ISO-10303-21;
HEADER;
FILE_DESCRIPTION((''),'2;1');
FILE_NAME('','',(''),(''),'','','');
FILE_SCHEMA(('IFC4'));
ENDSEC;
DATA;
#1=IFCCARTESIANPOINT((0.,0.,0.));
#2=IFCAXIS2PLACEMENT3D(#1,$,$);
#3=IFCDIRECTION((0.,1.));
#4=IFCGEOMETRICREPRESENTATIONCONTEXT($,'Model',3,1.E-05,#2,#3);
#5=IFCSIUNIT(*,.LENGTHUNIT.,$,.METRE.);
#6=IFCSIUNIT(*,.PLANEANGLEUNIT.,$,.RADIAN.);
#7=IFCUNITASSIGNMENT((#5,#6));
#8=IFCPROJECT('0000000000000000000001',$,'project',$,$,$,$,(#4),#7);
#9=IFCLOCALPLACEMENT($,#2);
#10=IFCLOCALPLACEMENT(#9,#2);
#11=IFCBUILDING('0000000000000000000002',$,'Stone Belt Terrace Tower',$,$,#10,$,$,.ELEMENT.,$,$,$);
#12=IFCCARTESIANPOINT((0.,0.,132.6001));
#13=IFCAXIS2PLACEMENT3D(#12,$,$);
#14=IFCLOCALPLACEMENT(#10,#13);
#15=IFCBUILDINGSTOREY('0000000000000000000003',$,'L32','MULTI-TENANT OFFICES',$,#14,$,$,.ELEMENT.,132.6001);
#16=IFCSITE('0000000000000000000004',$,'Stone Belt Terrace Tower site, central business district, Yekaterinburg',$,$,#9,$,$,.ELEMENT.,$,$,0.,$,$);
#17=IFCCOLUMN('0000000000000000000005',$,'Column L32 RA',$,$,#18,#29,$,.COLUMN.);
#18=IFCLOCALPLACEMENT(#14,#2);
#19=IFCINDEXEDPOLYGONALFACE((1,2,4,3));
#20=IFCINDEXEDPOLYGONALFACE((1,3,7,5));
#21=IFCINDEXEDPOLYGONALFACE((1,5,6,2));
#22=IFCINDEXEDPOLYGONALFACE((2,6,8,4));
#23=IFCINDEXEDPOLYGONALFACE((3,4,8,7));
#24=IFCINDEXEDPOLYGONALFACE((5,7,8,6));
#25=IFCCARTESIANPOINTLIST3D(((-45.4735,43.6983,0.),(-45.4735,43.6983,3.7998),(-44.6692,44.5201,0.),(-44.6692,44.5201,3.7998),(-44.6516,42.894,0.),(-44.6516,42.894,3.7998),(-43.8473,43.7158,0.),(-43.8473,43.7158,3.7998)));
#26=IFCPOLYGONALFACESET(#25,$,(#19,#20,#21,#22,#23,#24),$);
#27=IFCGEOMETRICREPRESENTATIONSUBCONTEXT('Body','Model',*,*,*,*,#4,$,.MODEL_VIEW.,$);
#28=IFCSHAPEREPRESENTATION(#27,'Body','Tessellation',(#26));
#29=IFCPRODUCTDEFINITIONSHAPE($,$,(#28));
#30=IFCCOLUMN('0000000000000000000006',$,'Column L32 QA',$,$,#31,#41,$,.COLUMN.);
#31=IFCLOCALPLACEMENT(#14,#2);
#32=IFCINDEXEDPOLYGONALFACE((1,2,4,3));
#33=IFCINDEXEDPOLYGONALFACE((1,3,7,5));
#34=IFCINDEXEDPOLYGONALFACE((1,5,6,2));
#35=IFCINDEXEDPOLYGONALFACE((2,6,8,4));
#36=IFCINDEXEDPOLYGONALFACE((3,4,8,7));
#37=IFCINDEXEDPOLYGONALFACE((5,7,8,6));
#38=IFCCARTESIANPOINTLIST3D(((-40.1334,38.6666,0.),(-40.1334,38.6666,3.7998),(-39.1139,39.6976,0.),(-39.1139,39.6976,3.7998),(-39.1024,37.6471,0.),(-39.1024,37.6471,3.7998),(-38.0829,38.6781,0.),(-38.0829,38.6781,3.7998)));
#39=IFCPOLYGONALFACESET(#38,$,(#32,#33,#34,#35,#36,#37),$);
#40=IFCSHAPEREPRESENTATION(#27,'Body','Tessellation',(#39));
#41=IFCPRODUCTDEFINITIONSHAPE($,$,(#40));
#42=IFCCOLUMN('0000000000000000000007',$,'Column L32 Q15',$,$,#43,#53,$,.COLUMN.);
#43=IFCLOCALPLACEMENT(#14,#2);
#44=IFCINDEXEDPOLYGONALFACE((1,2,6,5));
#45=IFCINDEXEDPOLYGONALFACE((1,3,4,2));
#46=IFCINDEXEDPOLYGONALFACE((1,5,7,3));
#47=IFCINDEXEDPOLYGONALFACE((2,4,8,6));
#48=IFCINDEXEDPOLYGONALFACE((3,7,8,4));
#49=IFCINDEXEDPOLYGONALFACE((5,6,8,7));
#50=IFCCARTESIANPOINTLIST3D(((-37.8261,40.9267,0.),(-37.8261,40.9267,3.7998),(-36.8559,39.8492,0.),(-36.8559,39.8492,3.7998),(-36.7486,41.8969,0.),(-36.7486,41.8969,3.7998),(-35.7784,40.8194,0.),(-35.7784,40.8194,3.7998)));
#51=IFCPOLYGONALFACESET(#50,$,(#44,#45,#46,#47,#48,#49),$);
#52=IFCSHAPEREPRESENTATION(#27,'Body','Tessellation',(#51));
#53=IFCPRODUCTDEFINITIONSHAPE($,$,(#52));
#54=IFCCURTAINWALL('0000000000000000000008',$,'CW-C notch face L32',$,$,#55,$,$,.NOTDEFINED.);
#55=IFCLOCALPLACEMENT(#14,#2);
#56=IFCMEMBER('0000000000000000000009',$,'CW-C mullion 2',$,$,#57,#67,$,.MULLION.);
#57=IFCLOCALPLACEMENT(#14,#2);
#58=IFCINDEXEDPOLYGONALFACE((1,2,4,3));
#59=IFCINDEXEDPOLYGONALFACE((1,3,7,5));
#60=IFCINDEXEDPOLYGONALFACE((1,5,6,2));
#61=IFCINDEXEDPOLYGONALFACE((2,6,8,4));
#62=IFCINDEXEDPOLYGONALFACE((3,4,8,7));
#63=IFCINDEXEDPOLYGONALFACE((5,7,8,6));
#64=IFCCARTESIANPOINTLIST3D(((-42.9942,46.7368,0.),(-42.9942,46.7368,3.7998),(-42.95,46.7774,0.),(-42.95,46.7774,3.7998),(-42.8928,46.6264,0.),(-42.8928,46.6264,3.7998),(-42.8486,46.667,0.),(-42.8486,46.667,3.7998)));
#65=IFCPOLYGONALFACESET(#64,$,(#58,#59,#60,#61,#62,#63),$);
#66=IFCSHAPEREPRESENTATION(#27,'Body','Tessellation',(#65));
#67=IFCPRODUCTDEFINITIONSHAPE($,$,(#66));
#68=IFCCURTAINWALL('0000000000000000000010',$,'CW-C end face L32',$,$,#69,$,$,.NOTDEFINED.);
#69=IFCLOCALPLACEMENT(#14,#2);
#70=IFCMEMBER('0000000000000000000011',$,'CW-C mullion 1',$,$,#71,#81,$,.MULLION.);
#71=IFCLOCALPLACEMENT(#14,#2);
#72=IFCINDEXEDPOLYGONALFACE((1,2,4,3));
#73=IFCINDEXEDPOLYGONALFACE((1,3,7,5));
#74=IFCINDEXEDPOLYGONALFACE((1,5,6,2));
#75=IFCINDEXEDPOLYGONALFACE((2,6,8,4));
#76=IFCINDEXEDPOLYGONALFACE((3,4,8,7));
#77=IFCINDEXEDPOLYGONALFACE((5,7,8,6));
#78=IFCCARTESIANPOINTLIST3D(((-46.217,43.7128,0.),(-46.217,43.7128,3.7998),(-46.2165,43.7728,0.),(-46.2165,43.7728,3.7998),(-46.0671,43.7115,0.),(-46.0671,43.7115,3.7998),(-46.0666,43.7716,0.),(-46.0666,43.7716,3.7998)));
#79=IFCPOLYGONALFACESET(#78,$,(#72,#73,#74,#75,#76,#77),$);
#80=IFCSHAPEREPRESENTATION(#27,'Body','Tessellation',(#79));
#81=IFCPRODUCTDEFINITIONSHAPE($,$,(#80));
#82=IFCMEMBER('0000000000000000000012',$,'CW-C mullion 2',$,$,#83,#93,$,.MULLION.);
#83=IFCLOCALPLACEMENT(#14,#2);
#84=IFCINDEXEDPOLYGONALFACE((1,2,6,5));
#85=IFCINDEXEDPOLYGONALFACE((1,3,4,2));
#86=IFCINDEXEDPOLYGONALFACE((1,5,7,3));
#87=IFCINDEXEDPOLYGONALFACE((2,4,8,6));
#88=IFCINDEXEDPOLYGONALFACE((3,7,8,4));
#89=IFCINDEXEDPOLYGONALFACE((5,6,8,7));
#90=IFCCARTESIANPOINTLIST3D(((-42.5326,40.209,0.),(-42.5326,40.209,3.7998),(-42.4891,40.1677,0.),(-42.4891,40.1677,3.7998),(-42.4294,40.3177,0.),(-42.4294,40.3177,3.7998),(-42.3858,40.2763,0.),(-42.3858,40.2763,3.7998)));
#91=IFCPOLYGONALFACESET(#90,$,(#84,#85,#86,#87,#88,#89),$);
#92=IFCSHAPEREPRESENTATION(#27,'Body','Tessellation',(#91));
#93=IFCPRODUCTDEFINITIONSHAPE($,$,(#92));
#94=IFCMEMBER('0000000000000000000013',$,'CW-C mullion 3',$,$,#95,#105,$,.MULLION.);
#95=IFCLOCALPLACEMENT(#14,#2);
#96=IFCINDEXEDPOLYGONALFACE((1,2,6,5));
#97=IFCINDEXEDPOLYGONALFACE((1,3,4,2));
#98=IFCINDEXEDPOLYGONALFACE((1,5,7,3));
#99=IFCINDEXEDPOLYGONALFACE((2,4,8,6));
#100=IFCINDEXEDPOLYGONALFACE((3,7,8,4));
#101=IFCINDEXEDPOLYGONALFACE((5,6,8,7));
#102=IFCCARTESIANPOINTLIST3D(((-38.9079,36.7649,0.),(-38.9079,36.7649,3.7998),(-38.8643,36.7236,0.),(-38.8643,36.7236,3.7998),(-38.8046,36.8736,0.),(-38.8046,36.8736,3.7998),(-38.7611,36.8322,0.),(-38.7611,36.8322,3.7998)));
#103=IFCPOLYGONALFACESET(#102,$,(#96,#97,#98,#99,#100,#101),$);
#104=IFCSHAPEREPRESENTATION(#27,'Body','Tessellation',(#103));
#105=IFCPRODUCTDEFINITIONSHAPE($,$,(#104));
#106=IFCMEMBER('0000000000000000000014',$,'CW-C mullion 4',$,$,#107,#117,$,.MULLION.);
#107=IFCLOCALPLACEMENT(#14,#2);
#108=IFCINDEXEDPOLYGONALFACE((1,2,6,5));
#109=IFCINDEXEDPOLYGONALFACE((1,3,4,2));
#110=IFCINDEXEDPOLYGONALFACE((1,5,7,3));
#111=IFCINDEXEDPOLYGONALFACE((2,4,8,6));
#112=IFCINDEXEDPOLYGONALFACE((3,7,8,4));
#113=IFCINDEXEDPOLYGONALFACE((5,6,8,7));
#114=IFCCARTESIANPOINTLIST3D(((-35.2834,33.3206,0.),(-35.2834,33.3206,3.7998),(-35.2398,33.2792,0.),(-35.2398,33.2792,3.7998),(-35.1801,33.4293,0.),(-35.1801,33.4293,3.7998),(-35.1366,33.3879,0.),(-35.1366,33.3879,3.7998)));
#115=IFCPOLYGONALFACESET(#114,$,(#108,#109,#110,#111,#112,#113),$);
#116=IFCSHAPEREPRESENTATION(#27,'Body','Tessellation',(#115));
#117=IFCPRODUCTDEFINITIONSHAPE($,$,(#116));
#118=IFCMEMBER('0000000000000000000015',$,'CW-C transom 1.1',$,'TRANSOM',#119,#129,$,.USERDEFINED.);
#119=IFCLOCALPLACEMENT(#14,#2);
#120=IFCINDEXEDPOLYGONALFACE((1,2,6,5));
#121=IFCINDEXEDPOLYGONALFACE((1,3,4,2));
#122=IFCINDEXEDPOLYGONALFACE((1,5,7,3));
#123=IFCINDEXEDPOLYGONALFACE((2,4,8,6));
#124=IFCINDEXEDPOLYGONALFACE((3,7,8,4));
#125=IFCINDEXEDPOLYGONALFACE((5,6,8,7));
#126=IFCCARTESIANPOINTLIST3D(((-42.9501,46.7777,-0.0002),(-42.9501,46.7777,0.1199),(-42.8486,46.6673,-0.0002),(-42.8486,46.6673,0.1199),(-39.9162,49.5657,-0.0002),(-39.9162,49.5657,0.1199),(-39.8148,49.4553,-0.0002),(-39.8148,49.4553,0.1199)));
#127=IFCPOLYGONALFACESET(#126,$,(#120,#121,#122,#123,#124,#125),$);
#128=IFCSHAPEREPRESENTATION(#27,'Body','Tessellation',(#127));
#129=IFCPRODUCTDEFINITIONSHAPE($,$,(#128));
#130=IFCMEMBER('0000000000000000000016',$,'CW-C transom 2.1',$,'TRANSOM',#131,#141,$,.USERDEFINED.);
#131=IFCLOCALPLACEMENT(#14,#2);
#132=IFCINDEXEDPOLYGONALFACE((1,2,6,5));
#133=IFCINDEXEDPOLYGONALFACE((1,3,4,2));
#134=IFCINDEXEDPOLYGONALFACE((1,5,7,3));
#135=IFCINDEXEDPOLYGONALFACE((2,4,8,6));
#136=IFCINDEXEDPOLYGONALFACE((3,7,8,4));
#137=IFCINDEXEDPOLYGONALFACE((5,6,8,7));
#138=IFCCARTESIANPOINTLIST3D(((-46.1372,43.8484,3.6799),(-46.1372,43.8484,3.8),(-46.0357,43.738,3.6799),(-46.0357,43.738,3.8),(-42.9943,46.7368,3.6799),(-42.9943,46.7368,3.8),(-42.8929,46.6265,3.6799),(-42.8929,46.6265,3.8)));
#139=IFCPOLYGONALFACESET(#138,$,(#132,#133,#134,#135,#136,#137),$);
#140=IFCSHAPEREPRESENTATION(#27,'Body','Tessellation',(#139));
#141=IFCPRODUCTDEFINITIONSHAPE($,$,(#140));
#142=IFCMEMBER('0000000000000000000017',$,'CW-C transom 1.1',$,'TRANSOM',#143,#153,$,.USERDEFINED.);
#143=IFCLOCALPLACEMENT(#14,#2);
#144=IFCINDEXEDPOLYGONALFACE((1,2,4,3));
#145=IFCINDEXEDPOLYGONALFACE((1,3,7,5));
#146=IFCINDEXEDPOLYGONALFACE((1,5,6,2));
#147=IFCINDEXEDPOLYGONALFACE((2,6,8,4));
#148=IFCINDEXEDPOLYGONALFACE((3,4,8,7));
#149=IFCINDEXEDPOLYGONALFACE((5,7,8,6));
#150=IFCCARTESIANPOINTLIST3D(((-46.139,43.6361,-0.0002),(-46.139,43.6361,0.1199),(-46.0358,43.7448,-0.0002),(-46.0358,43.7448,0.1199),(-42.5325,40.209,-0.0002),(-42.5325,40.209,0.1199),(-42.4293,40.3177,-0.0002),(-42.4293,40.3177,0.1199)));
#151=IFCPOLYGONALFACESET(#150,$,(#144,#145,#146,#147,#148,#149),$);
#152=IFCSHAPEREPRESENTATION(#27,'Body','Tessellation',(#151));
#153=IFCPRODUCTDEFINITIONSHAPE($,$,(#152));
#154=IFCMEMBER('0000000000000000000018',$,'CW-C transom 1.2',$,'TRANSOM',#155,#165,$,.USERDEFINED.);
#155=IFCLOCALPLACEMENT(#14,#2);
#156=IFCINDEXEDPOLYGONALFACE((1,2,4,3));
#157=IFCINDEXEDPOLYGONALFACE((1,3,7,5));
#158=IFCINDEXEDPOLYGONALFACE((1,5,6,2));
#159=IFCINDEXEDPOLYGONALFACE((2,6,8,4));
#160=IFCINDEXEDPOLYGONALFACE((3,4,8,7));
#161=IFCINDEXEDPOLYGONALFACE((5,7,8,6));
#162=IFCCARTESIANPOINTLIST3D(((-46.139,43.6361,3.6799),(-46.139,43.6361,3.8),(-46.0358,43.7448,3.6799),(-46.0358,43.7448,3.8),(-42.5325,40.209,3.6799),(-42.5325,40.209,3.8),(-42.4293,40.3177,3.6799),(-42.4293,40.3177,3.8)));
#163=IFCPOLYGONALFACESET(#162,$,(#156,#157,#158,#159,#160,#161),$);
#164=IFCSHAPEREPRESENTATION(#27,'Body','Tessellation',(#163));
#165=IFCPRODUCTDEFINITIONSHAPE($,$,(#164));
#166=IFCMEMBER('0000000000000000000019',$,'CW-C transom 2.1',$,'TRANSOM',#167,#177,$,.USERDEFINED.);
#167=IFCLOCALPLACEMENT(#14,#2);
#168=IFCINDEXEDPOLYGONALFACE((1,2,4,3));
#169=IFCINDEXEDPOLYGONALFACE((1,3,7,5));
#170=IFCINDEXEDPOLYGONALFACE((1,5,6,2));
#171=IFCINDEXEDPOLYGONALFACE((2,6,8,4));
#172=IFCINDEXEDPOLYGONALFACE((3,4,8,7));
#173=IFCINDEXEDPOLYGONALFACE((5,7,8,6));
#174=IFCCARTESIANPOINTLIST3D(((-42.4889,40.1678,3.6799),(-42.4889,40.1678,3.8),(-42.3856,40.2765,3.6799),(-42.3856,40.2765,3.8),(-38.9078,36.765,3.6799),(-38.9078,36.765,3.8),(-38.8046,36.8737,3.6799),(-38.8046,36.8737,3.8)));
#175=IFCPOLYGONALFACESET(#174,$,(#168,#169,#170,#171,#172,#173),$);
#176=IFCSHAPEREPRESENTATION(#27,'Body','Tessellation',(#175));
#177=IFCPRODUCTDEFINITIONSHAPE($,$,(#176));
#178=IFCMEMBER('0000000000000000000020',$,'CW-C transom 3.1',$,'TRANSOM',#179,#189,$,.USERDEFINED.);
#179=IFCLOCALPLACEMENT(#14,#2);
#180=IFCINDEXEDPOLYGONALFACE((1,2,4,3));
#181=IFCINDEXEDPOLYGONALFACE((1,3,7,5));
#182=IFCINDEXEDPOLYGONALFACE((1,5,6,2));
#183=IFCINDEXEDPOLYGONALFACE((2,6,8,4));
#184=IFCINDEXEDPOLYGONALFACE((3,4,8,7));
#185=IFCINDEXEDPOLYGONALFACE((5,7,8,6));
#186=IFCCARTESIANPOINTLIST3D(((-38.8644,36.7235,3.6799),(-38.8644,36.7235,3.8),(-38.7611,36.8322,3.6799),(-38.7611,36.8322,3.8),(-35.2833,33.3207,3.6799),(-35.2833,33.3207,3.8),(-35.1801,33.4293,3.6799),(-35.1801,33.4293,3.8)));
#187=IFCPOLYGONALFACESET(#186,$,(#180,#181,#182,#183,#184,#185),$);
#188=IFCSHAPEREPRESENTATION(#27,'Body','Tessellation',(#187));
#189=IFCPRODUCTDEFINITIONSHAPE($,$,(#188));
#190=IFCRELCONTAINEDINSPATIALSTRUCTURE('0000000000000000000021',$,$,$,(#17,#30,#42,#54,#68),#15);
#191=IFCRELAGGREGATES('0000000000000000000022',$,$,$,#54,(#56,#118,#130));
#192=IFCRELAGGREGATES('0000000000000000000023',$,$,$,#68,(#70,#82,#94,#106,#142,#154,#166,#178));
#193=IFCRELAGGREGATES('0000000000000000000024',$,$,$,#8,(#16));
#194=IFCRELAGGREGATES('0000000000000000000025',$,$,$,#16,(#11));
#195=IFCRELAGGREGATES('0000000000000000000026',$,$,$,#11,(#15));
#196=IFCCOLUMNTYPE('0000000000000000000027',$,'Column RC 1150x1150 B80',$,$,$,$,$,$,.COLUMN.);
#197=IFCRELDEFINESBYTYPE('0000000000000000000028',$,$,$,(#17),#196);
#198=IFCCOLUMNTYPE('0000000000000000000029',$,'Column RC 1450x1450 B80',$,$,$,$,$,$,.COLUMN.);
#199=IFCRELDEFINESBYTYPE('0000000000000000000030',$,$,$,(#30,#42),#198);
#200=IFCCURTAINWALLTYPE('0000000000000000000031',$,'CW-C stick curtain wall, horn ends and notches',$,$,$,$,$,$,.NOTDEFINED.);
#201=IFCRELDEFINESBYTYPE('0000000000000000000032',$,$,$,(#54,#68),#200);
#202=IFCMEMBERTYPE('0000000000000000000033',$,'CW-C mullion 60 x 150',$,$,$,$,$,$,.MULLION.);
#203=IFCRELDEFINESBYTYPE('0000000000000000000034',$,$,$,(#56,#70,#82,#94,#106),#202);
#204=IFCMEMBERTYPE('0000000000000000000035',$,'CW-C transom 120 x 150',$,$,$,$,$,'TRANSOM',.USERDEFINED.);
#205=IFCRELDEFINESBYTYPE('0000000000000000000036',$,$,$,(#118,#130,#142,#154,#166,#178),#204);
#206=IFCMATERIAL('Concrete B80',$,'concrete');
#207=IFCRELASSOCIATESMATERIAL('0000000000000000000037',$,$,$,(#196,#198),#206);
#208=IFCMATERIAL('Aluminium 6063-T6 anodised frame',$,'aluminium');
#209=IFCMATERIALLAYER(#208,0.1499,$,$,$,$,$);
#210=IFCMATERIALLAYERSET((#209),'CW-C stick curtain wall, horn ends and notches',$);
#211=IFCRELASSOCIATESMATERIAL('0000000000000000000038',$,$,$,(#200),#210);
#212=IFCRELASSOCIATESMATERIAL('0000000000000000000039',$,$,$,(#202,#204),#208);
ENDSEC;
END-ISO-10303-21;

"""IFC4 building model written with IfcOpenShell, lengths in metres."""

from ifc_helpers import new_model, si_unit, direction, frame, origin, origin_2d, place, context, subcontext, project, spatial, rectangle, extrude, material, layer, layer_set, material_profile, profile_set, type_object, element, aggregate, save


model = new_model("IFC4")

# Units and contexts
model_context = context("Model", 3, precision=1e-05, world=origin(), true_north=direction((0.0, 1.0)))
body_context = subcontext(model_context, "Body", "Model", "MODEL_VIEW")
ifc_project = project(units=[si_unit("LENGTHUNIT", "METRE"), si_unit("PLANEANGLEUNIT", "RADIAN")], contexts=[model_context])

# Site, building, storey
site_placement = place(None, origin())
site = spatial("IfcSite", under=ifc_project, at=site_placement, Name="Stone Belt Terrace Tower site, central business district, Yekaterinburg", CompositionType="ELEMENT", RefElevation=0.0)
building_placement = place(site_placement, origin())
building = spatial("IfcBuilding", under=site, at=building_placement, Name="Stone Belt Terrace Tower", CompositionType="ELEMENT")
storey_placement = place(building_placement, frame((0.0, 0.0, 132.6001)))
storey = spatial("IfcBuildingStorey", under=building, at=storey_placement, Name="L32", Description="MULTI-TENANT OFFICES", CompositionType="ELEMENT", Elevation=132.6001)

# Columns
ifc_material_1 = material(Name="Concrete B80", Category="concrete")
ifc_material_profile_1 = material_profile(ifc_material_1, rectangle(XDim=1.1499, YDim=1.1499, at=origin_2d()), Name="RC 1150x1150")
ifc_profile_set_1 = profile_set([ifc_material_profile_1], Name="Concrete B80")
column_type_1 = type_object("IfcColumnType", Name="Column RC 1150x1150 B80", PredefinedType="COLUMN", material=ifc_profile_set_1)
column_placement = place(storey_placement, frame((-44.6604, 43.707, 0.0), z_axis=(0.0, 0.0, 1.0), x_axis=(0.699438, 0.714694, 0.0)))
element("IfcColumn", 1, at=column_placement, inside=storey, type_object=column_type_1, Name="Column L32 RA", PredefinedType="COLUMN", context=body_context, shape_type="SweptSolid", body=[
    extrude(rectangle(XDim=1.1499, YDim=1.1499, at=origin_2d()), origin(), (0.0, 0.0, 1.0), 3.7998),
])
ifc_material_profile_2 = material_profile(ifc_material_1, rectangle(XDim=1.45, YDim=1.45, at=origin_2d()), Name="RC 1450x1450")
ifc_profile_set_2 = profile_set([ifc_material_profile_2], Name="Concrete B80")
column_type_2 = type_object("IfcColumnType", Name="Column RC 1450x1450 B80", PredefinedType="COLUMN", material=ifc_profile_set_2)
for number, where, z_axis, x_axis, name in (
    (2, (-39.1082, 38.6724, 0.0), (0.0, 0.0, 1.0), (0.703134, 0.711057, 0.0), "Column L32 QA"),
    (3, (-36.8022, 40.873, 0.0), (0.0, 0.0, 1.0), (0.743145, 0.669131, 0.0), "Column L32 Q15"),
):
    element("IfcColumn", number, at=place(storey_placement, frame(where, z_axis=z_axis, x_axis=x_axis)), inside=storey, type_object=column_type_2, Name=name, PredefinedType="COLUMN", context=body_context, shape_type="SweptSolid", body=[
        extrude(rectangle(XDim=1.45, YDim=1.45, at=origin_2d()), origin(), (0.0, 0.0, 1.0), 3.7998),
    ])

# Curtain wall, member
ifc_material_2 = material(Name="Aluminium 6063-T6 anodised frame", Category="aluminium")
ifc_layer_1 = layer(ifc_material_2, 0.1499)
ifc_layer_set_1 = layer_set([ifc_layer_1], Name="CW-C stick curtain wall, horn ends and notches")
curtain_wall_type = type_object("IfcCurtainWallType", Name="CW-C stick curtain wall, horn ends and notches", PredefinedType="NOTDEFINED", material=ifc_layer_set_1)
curtain_wall_1_placement = place(storey_placement, origin())
curtain_wall_1 = element("IfcCurtainWall", 4, at=curtain_wall_1_placement, inside=storey, type_object=curtain_wall_type, Name="CW-C notch face L32", PredefinedType="NOTDEFINED")
ifc_material_profile_3 = material_profile(ifc_material_2, rectangle(XDim=0.1499, YDim=0.0601, at=origin_2d()), Name="Aluminium 6063-T6 60x150")
ifc_profile_set_3 = profile_set([ifc_material_profile_3], Name="Aluminium 6063-T6 anodised frame")
member_type_1 = type_object("IfcMemberType", Name="CW-C mullion 60 x 150", PredefinedType="MULLION", material=ifc_profile_set_3)
member_1_placement = place(storey_placement, frame((-42.9214, 46.7019, 0.0), z_axis=(0.0, 0.0, 1.0), x_axis=(0.676677, -0.73628, 0.0)))
member_1 = element("IfcMember", 5, at=member_1_placement, type_object=member_type_1, Name="CW-C mullion 2", PredefinedType="MULLION", context=body_context, shape_type="SweptSolid", body=[
    extrude(rectangle(XDim=0.1499, YDim=0.0601, at=origin_2d()), origin(), (0.0, 0.0, 1.0), 3.7998),
])

# Curtain wall, members
curtain_wall_2_placement = place(storey_placement, origin())
curtain_wall_2 = element("IfcCurtainWall", 6, at=curtain_wall_2_placement, inside=storey, type_object=curtain_wall_type, Name="CW-C end face L32", PredefinedType="NOTDEFINED")
member_2_placement = place(storey_placement, frame((-46.1418, 43.7422, 0.0), z_axis=(0.0, 0.0, 1.0), x_axis=(0.999965, -0.008324, 0.0)))
member_2 = element("IfcMember", 7, at=member_2_placement, type_object=member_type_1, Name="CW-C mullion 1", PredefinedType="MULLION", context=body_context, shape_type="SweptSolid", body=[
    extrude(rectangle(XDim=0.1499, YDim=0.0601, at=origin_2d()), origin(), (0.0, 0.0, 1.0), 3.7998),
])
member_3_placement = place(storey_placement, frame((-42.4592, 40.2427, 0.0), z_axis=(0.0, 0.0, 1.0), x_axis=(0.68884, 0.724914, 0.0)))
member_3 = element("IfcMember", 8, at=member_3_placement, type_object=member_type_1, Name="CW-C mullion 2", PredefinedType="MULLION", context=body_context, shape_type="SweptSolid", body=[
    extrude(rectangle(XDim=0.1499, YDim=0.0601, at=origin_2d()), origin(), (0.0, 0.0, 1.0), 3.7998),
])
member_4_placement = place(storey_placement, frame((-38.8345, 36.7986, 0.0), z_axis=(0.0, 0.0, 1.0), x_axis=(0.68884, 0.724914, 0.0)))
member_4 = element("IfcMember", 9, at=member_4_placement, type_object=member_type_1, Name="CW-C mullion 3", PredefinedType="MULLION", context=body_context, shape_type="SweptSolid", body=[
    extrude(rectangle(XDim=0.1499, YDim=0.0601, at=origin_2d()), origin(), (0.0, 0.0, 1.0), 3.7998),
])
member_5_placement = place(storey_placement, frame((-35.21, 33.3542, 0.0), z_axis=(0.0, 0.0, 1.0), x_axis=(0.68884, 0.724914, 0.0)))
member_5 = element("IfcMember", 10, at=member_5_placement, type_object=member_type_1, Name="CW-C mullion 4", PredefinedType="MULLION", context=body_context, shape_type="SweptSolid", body=[
    extrude(rectangle(XDim=0.1499, YDim=0.0601, at=origin_2d()), origin(), (0.0, 0.0, 1.0), 3.7998),
])

# Members
ifc_material_profile_4 = material_profile(ifc_material_2, rectangle(XDim=0.1499, YDim=0.1201, at=origin_2d()), Name="Aluminium 6063-T6 150x120")
ifc_profile_set_4 = profile_set([ifc_material_profile_4], Name="Aluminium 6063-T6 anodised frame")
member_type_2 = type_object("IfcMemberType", Name="CW-C transom 120 x 150", ElementType="TRANSOM", PredefinedType="USERDEFINED", material=ifc_profile_set_4)
member_6_placement = place(storey_placement, frame((-39.8655, 49.5105, 0.0598), z_axis=(-0.73631, -0.676644, 0.0), x_axis=(0.676644, -0.73631, 0.0)))
member_6 = element("IfcMember", 11, at=member_6_placement, type_object=member_type_2, Name="CW-C transom 1.1", ObjectType="TRANSOM", PredefinedType="USERDEFINED", context=body_context, shape_type="SweptSolid", body=[
    extrude(rectangle(XDim=0.1499, YDim=0.1201, at=origin_2d()), origin(), (0.0, 0.0, 1.0), 4.1204),
])
member_7_placement = place(storey_placement, frame((-42.9436, 46.6816, 3.74), z_axis=(-0.736277, -0.67668, 0.0), x_axis=(0.67668, -0.736277, 0.0)))
member_7 = element("IfcMember", 12, at=member_7_placement, type_object=member_type_2, Name="CW-C transom 2.1", ObjectType="TRANSOM", PredefinedType="USERDEFINED", context=body_context, shape_type="SweptSolid", body=[
    extrude(rectangle(XDim=0.1499, YDim=0.1201, at=origin_2d()), origin(), (0.0, 0.0, 1.0), 4.2686),
])
member_8_placement = place(storey_placement, frame((-46.0874, 43.6904, 0.0598), z_axis=(0.724911, -0.688842, 0.0), x_axis=(0.688842, 0.724911, 0.0)))
member_8 = element("IfcMember", 13, at=member_8_placement, type_object=member_type_2, Name="CW-C transom 1.1", ObjectType="TRANSOM", PredefinedType="USERDEFINED", context=body_context, shape_type="SweptSolid", body=[
    extrude(rectangle(XDim=0.1499, YDim=0.1201, at=origin_2d()), origin(), (0.0, 0.0, 1.0), 4.9751),
])
member_9_placement = place(storey_placement, frame((-46.0874, 43.6904, 3.74), z_axis=(0.724911, -0.688842, 0.0), x_axis=(0.688842, 0.724911, 0.0)))
member_9 = element("IfcMember", 14, at=member_9_placement, type_object=member_type_2, Name="CW-C transom 1.2", ObjectType="TRANSOM", PredefinedType="USERDEFINED", context=body_context, shape_type="SweptSolid", body=[
    extrude(rectangle(XDim=0.1499, YDim=0.1201, at=origin_2d()), origin(), (0.0, 0.0, 1.0), 4.9751),
])
member_10_placement = place(storey_placement, frame((-42.4373, 40.2222, 3.74), z_axis=(0.724916, -0.688838, 0.0), x_axis=(0.688838, 0.724916, 0.0)))
member_10 = element("IfcMember", 15, at=member_10_placement, type_object=member_type_2, Name="CW-C transom 2.1", ObjectType="TRANSOM", PredefinedType="USERDEFINED", context=body_context, shape_type="SweptSolid", body=[
    extrude(rectangle(XDim=0.1499, YDim=0.1201, at=origin_2d()), origin(), (0.0, 0.0, 1.0), 4.9399),
])
member_11_placement = place(storey_placement, frame((-38.8127, 36.7778, 3.74), z_axis=(0.724916, -0.688838, 0.0), x_axis=(0.688838, 0.724916, 0.0)))
member_11 = element("IfcMember", 16, at=member_11_placement, type_object=member_type_2, Name="CW-C transom 3.1", ObjectType="TRANSOM", PredefinedType="USERDEFINED", context=body_context, shape_type="SweptSolid", body=[
    extrude(rectangle(XDim=0.1499, YDim=0.1201, at=origin_2d()), origin(), (0.0, 0.0, 1.0), 4.9399),
])

aggregate(curtain_wall_1, [member_1, member_6, member_7])
aggregate(curtain_wall_2, [member_2, member_3, member_4, member_5, member_8, member_9, member_10, member_11])

save(model, "model.ifc")
